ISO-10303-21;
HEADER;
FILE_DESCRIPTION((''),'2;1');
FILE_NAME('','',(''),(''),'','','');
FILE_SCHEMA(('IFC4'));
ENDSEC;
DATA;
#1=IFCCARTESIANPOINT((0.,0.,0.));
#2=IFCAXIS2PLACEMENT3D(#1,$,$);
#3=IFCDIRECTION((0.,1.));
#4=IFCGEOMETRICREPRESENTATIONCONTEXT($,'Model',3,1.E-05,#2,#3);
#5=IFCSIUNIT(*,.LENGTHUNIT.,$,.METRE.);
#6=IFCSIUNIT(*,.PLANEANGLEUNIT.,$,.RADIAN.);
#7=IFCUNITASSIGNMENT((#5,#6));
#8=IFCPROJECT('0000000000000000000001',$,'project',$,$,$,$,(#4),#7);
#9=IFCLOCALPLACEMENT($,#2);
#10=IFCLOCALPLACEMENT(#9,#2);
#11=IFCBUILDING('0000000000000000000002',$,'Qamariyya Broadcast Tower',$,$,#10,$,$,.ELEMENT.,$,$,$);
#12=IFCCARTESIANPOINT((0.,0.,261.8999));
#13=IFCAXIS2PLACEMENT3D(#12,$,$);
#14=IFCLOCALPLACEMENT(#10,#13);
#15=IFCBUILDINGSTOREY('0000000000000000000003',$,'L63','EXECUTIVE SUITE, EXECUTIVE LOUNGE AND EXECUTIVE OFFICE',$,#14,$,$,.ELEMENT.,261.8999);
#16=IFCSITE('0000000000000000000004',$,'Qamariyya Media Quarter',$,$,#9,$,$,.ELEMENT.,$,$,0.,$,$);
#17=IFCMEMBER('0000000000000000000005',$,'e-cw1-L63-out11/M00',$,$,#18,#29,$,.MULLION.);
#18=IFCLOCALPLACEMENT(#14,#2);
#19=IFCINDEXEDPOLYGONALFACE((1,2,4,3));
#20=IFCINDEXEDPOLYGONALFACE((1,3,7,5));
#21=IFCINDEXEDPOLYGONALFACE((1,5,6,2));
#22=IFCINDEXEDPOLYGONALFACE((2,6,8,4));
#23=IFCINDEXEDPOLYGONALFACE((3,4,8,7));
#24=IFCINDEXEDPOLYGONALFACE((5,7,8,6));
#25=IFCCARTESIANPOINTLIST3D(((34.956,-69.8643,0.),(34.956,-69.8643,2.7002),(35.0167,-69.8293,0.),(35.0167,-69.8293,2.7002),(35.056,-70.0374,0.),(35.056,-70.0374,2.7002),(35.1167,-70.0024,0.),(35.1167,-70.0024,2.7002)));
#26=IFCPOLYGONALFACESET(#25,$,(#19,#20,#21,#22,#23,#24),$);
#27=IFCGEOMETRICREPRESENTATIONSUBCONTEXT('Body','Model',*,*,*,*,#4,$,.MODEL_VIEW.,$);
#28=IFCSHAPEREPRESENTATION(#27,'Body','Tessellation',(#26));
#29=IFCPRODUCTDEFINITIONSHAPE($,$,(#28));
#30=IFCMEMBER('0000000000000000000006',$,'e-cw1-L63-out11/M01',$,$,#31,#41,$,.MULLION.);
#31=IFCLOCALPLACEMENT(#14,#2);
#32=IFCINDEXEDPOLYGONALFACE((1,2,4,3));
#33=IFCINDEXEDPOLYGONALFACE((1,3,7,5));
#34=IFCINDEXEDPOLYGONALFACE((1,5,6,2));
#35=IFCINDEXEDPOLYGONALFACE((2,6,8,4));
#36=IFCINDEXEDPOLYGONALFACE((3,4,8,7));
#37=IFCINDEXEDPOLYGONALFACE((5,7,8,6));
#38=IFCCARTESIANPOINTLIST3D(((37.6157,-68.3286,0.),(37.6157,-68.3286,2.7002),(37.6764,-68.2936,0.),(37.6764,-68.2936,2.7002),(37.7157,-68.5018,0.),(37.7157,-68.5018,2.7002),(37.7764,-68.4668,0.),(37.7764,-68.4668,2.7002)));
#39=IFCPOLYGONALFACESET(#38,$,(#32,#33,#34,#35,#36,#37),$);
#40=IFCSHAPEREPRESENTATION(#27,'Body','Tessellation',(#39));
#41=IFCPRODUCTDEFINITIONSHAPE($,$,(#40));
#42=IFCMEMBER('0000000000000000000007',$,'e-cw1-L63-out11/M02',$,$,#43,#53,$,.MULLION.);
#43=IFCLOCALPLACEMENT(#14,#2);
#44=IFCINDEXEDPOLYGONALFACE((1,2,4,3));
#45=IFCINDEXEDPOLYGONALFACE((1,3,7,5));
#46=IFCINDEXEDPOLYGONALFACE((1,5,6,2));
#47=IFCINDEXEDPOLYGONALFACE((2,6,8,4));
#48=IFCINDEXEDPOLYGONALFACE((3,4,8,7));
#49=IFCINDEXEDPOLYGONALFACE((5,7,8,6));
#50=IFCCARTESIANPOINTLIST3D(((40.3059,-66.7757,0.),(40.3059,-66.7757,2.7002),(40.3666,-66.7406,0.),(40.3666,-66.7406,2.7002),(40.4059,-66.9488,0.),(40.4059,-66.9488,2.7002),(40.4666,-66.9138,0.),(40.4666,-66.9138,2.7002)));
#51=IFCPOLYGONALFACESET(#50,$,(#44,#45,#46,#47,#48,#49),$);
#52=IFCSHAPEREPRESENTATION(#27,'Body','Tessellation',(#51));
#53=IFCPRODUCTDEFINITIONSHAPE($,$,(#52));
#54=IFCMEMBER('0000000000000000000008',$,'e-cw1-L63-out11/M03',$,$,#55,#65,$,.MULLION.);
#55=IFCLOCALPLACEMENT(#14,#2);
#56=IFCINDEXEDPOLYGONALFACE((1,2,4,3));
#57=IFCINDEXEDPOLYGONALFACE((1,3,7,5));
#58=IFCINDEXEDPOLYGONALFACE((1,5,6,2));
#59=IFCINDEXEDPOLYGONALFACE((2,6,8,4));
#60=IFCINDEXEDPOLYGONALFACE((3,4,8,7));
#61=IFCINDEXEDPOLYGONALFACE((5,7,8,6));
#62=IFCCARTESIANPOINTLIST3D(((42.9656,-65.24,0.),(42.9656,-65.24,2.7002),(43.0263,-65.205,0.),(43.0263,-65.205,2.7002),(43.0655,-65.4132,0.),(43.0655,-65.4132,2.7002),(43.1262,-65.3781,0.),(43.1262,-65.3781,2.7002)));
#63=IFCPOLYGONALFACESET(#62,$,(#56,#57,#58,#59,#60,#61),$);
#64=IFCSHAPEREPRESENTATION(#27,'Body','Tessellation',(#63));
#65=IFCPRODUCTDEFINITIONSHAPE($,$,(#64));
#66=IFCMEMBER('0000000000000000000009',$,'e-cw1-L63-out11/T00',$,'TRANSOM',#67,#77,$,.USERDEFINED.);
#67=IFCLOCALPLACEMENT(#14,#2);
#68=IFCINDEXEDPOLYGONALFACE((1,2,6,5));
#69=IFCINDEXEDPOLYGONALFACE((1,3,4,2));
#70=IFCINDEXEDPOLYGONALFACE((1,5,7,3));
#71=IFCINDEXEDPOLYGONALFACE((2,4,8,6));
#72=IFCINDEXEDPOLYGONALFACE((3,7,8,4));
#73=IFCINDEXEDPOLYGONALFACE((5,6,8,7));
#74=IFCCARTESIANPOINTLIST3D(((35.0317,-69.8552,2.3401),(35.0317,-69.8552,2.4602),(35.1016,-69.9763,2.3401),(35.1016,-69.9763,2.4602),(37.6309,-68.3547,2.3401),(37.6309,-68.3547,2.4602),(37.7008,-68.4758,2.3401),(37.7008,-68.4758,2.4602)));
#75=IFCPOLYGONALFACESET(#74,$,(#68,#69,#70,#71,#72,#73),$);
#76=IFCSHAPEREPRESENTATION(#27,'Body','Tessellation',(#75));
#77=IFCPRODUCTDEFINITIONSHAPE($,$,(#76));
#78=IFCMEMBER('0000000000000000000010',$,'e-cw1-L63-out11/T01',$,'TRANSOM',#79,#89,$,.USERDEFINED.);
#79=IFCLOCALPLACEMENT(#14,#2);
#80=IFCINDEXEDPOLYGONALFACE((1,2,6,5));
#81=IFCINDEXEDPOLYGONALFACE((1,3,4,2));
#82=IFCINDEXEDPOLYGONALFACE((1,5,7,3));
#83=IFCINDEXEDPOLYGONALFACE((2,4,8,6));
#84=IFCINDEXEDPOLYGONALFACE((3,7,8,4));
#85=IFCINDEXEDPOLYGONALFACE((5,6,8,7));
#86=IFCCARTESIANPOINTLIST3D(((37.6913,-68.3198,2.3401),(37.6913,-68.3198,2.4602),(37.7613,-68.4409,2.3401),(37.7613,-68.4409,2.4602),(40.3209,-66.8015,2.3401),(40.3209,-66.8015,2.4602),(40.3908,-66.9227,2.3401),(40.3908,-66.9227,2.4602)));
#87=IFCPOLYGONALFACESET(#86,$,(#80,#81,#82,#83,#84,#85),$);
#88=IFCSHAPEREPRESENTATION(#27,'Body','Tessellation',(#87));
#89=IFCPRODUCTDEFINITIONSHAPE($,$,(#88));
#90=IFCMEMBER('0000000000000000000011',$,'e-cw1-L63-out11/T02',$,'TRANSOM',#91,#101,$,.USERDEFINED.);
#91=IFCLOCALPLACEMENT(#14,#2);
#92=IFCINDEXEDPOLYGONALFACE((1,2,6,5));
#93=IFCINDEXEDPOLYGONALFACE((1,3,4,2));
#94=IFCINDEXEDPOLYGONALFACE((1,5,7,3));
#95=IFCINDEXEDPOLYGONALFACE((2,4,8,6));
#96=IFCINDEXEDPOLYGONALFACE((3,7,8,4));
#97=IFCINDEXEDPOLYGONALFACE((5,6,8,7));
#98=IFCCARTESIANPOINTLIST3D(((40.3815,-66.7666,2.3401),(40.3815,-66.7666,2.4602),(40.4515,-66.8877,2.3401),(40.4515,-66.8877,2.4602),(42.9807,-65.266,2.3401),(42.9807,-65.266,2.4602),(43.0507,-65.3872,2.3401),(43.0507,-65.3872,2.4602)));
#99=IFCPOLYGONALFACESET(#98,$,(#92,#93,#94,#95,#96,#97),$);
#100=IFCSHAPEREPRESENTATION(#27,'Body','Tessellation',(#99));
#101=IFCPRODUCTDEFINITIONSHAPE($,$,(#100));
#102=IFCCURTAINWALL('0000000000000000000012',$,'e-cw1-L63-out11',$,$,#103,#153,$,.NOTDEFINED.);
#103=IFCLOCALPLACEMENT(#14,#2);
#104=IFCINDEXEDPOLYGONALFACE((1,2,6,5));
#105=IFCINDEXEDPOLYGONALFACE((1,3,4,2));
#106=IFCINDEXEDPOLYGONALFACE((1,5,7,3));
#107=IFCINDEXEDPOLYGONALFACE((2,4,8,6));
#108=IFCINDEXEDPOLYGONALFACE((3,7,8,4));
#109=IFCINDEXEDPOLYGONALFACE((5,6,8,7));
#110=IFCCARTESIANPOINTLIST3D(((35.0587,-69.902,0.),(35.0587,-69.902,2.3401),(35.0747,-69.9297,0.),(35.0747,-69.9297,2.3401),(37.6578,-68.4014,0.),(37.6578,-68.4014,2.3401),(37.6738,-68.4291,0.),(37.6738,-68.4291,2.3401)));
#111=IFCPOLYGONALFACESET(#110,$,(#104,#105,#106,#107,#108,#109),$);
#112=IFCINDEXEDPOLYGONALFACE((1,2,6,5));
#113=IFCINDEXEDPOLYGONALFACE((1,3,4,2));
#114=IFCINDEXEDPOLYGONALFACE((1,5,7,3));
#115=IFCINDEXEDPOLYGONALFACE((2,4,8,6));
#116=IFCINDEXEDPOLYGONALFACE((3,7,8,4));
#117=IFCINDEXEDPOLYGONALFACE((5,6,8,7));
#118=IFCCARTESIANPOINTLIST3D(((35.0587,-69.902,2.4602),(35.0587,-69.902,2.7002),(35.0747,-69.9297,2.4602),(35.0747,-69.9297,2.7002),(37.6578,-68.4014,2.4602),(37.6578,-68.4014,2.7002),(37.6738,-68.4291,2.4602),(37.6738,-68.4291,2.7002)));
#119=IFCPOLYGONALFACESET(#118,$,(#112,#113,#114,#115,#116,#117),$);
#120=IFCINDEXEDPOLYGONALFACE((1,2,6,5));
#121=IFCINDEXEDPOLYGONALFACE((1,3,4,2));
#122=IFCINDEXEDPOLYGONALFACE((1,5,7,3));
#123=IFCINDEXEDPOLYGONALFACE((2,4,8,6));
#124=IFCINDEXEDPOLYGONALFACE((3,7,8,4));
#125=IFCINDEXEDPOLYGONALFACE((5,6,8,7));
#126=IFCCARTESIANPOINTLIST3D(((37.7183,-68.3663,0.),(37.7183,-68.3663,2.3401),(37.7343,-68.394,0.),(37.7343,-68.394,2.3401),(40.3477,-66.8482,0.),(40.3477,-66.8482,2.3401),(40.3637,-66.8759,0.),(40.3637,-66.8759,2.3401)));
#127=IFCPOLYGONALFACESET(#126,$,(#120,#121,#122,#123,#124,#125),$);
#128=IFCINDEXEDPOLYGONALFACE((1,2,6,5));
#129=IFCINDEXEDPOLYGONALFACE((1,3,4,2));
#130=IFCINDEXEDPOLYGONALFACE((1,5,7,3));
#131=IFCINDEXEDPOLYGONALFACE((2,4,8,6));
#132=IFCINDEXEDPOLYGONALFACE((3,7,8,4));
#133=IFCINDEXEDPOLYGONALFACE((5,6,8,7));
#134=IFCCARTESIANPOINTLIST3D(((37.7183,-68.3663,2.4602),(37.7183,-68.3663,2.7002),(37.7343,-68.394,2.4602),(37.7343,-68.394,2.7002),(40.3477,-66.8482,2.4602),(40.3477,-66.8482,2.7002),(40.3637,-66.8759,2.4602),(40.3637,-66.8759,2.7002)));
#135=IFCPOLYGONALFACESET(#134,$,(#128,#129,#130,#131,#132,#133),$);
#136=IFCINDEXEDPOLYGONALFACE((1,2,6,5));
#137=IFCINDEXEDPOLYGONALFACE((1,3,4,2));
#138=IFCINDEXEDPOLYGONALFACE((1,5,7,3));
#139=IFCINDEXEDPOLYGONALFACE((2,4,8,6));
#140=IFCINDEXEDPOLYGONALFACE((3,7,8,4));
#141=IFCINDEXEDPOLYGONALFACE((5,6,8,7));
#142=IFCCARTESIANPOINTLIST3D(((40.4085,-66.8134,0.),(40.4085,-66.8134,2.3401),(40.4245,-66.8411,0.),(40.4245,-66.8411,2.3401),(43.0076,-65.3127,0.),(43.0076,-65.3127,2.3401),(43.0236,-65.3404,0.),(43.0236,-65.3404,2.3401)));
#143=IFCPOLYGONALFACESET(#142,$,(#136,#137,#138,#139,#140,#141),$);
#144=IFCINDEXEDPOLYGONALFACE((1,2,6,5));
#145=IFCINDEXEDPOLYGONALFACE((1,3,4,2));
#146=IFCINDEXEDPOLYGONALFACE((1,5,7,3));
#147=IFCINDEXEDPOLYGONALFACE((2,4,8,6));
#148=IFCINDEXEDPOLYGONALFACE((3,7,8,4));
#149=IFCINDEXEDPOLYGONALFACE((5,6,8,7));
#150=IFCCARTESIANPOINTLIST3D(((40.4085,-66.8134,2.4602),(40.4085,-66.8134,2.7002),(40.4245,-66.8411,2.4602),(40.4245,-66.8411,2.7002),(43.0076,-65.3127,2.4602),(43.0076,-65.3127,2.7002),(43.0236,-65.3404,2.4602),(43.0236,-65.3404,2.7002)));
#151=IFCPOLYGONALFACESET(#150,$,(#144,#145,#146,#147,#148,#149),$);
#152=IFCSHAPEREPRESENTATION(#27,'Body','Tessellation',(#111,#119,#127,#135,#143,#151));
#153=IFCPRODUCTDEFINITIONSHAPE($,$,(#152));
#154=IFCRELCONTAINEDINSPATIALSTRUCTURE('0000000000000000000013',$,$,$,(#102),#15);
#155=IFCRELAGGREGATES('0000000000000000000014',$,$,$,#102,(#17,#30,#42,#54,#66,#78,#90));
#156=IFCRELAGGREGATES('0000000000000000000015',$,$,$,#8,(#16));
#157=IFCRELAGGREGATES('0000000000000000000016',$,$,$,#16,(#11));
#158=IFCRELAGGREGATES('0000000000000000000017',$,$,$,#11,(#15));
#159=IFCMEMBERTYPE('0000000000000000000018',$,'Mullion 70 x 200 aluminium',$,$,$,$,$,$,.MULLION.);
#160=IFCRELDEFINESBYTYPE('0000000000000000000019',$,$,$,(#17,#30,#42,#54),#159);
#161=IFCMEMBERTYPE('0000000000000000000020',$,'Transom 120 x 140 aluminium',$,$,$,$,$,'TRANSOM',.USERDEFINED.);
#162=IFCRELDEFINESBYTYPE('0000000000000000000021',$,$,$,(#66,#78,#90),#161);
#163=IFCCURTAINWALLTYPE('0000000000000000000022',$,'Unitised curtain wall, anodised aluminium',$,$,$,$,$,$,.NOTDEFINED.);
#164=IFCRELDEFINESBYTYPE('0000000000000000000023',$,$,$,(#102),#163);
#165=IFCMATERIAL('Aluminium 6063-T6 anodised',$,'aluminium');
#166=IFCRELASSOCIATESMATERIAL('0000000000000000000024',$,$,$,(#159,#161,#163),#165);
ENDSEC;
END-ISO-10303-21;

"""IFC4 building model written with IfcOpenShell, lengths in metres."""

from ifc_helpers import new_model, si_unit, direction, frame, origin, origin_2d, place, context, subcontext, project, spatial, rectangle, extrude, material, material_profile, profile_set, type_object, element, aggregate, save


model = new_model("IFC4")

# Units and contexts
model_context = context("Model", 3, precision=1e-05, world=origin(), true_north=direction((0.0, 1.0)))
body_context = subcontext(model_context, "Body", "Model", "MODEL_VIEW")
ifc_project = project(units=[si_unit("LENGTHUNIT", "METRE"), si_unit("PLANEANGLEUNIT", "RADIAN")], contexts=[model_context])

# Members
ifc_material = material(Name="Aluminium 6063-T6 anodised", Category="aluminium")
ifc_material_profile_1 = material_profile(ifc_material, rectangle(XDim=0.2, YDim=0.0701, at=origin_2d()))
ifc_profile_set_1 = profile_set([ifc_material_profile_1], Name="Aluminium 6063-T6 anodised")
member_type_1 = type_object("IfcMemberType", Name="Mullion 70 x 200 aluminium", PredefinedType="MULLION", material=ifc_profile_set_1)
site_placement = place(None, origin())
building_placement = place(site_placement, origin())
storey_placement = place(building_placement, frame((0.0, 0.0, 261.8999)))
member_1_placement = place(storey_placement, frame((35.0364, -69.9333, 0.0), z_axis=(0.0, 0.0, 1.0), x_axis=(-0.5, 0.866025, 0.0)))
member_1 = element("IfcMember", 1, at=member_1_placement, type_object=member_type_1, Name="e-cw1-L63-out11/M00", PredefinedType="MULLION", context=body_context, shape_type="SweptSolid", body=[
    extrude(rectangle(XDim=0.2, YDim=0.0701, at=origin_2d()), origin(), (0.0, 0.0, 1.0), 2.7002),
])
member_2_placement = place(storey_placement, frame((37.696, -68.3977, 0.0), z_axis=(0.0, 0.0, 1.0), x_axis=(-0.5, 0.866025, 0.0)))
member_2 = element("IfcMember", 2, at=member_2_placement, type_object=member_type_1, Name="e-cw1-L63-out11/M01", PredefinedType="MULLION", context=body_context, shape_type="SweptSolid", body=[
    extrude(rectangle(XDim=0.2, YDim=0.0701, at=origin_2d()), origin(), (0.0, 0.0, 1.0), 2.7002),
])
member_3_placement = place(storey_placement, frame((40.3862, -66.8447, 0.0), z_axis=(0.0, 0.0, 1.0), x_axis=(-0.5, 0.866025, 0.0)))
member_3 = element("IfcMember", 3, at=member_3_placement, type_object=member_type_1, Name="e-cw1-L63-out11/M02", PredefinedType="MULLION", context=body_context, shape_type="SweptSolid", body=[
    extrude(rectangle(XDim=0.2, YDim=0.0701, at=origin_2d()), origin(), (0.0, 0.0, 1.0), 2.7002),
])
member_4_placement = place(storey_placement, frame((43.0459, -65.3091, 0.0), z_axis=(0.0, 0.0, 1.0), x_axis=(-0.5, 0.866025, 0.0)))
member_4 = element("IfcMember", 4, at=member_4_placement, type_object=member_type_1, Name="e-cw1-L63-out11/M03", PredefinedType="MULLION", context=body_context, shape_type="SweptSolid", body=[
    extrude(rectangle(XDim=0.2, YDim=0.0701, at=origin_2d()), origin(), (0.0, 0.0, 1.0), 2.7002),
])
ifc_material_profile_2 = material_profile(ifc_material, rectangle(XDim=0.1399, YDim=0.1201, at=origin_2d()))
ifc_profile_set_2 = profile_set([ifc_material_profile_2], Name="Aluminium 6063-T6 anodised")
member_type_2 = type_object("IfcMemberType", Name="Transom 120 x 140 aluminium", ElementType="TRANSOM", PredefinedType="USERDEFINED", material=ifc_profile_set_2)
member_5_placement = place(storey_placement, frame((35.0667, -69.9158, 2.4001), z_axis=(0.866042, 0.499971, 0.0), x_axis=(-0.499971, 0.866042, 0.0)))
member_5 = element("IfcMember", 5, at=member_5_placement, type_object=member_type_2, Name="e-cw1-L63-out11/T00", ObjectType="TRANSOM", PredefinedType="USERDEFINED", context=body_context, shape_type="SweptSolid", body=[
    extrude(rectangle(XDim=0.1399, YDim=0.1201, at=origin_2d()), origin(), (0.0, 0.0, 1.0), 3.0012),
])
member_6_placement = place(storey_placement, frame((37.7263, -68.3804, 2.4001), z_axis=(0.866013, 0.500022, 0.0), x_axis=(-0.500022, 0.866013, 0.0)))
member_6 = element("IfcMember", 6, at=member_6_placement, type_object=member_type_2, Name="e-cw1-L63-out11/T01", ObjectType="TRANSOM", PredefinedType="USERDEFINED", context=body_context, shape_type="SweptSolid", body=[
    extrude(rectangle(XDim=0.1399, YDim=0.1201, at=origin_2d()), origin(), (0.0, 0.0, 1.0), 3.0364),
])
member_7_placement = place(storey_placement, frame((40.4165, -66.8271, 2.4001), z_axis=(0.866042, 0.499971, 0.0), x_axis=(-0.499971, 0.866042, 0.0)))
member_7 = element("IfcMember", 7, at=member_7_placement, type_object=member_type_2, Name="e-cw1-L63-out11/T02", ObjectType="TRANSOM", PredefinedType="USERDEFINED", context=body_context, shape_type="SweptSolid", body=[
    extrude(rectangle(XDim=0.1399, YDim=0.1201, at=origin_2d()), origin(), (0.0, 0.0, 1.0), 3.0012),
])

# Site, building, storey
site = spatial("IfcSite", under=ifc_project, at=site_placement, Name="Qamariyya Media Quarter", CompositionType="ELEMENT", RefElevation=0.0)
building = spatial("IfcBuilding", under=site, at=building_placement, Name="Qamariyya Broadcast Tower", CompositionType="ELEMENT")
storey = spatial("IfcBuildingStorey", under=building, at=storey_placement, Name="L63", Description="EXECUTIVE SUITE, EXECUTIVE LOUNGE AND EXECUTIVE OFFICE", CompositionType="ELEMENT", Elevation=261.8999)

# Curtain wall
curtain_wall_type = type_object("IfcCurtainWallType", Name="Unitised curtain wall, anodised aluminium", PredefinedType="NOTDEFINED", material=ifc_material)
curtain_wall_1_placement = place(storey_placement, origin())
curtain_wall_1 = element("IfcCurtainWall", 8, at=curtain_wall_1_placement, inside=storey, type_object=curtain_wall_type, Name="e-cw1-L63-out11", PredefinedType="NOTDEFINED", context=body_context, shape_type="SweptSolid", body=[
    extrude(rectangle(XDim=3.0012, YDim=0.032, at=origin_2d()), frame((36.3662, -69.1655, 0.0), x_axis=(0.866018, 0.500013, 0.0)), (0.0, 0.0, 1.0), 2.3401),
    extrude(rectangle(XDim=3.0012, YDim=0.032, at=origin_2d()), frame((36.3662, -69.1655, 2.4602), x_axis=(0.866018, 0.500013, 0.0)), (0.0, 0.0, 1.0), 0.24),
    extrude(rectangle(XDim=3.0361, YDim=0.032, at=origin_2d()), frame((39.041, -67.6211, 0.0), x_axis=(0.866018, 0.500013, 0.0)), (0.0, 0.0, 1.0), 2.3401),
    extrude(rectangle(XDim=3.0361, YDim=0.032, at=origin_2d()), frame((39.041, -67.6211, 2.4602), x_axis=(0.866018, 0.500013, 0.0)), (0.0, 0.0, 1.0), 0.24),
    extrude(rectangle(XDim=3.0012, YDim=0.032, at=origin_2d()), frame((41.7161, -66.0769, 0.0), x_axis=(0.866018, 0.500013, 0.0)), (0.0, 0.0, 1.0), 2.3401),
    extrude(rectangle(XDim=3.0012, YDim=0.032, at=origin_2d()), frame((41.7161, -66.0769, 2.4602), x_axis=(0.866018, 0.500013, 0.0)), (0.0, 0.0, 1.0), 0.24),
])
aggregate(curtain_wall_1, [member_1, member_2, member_3, member_4, member_5, member_6, member_7])

save(model, "model.ifc")
